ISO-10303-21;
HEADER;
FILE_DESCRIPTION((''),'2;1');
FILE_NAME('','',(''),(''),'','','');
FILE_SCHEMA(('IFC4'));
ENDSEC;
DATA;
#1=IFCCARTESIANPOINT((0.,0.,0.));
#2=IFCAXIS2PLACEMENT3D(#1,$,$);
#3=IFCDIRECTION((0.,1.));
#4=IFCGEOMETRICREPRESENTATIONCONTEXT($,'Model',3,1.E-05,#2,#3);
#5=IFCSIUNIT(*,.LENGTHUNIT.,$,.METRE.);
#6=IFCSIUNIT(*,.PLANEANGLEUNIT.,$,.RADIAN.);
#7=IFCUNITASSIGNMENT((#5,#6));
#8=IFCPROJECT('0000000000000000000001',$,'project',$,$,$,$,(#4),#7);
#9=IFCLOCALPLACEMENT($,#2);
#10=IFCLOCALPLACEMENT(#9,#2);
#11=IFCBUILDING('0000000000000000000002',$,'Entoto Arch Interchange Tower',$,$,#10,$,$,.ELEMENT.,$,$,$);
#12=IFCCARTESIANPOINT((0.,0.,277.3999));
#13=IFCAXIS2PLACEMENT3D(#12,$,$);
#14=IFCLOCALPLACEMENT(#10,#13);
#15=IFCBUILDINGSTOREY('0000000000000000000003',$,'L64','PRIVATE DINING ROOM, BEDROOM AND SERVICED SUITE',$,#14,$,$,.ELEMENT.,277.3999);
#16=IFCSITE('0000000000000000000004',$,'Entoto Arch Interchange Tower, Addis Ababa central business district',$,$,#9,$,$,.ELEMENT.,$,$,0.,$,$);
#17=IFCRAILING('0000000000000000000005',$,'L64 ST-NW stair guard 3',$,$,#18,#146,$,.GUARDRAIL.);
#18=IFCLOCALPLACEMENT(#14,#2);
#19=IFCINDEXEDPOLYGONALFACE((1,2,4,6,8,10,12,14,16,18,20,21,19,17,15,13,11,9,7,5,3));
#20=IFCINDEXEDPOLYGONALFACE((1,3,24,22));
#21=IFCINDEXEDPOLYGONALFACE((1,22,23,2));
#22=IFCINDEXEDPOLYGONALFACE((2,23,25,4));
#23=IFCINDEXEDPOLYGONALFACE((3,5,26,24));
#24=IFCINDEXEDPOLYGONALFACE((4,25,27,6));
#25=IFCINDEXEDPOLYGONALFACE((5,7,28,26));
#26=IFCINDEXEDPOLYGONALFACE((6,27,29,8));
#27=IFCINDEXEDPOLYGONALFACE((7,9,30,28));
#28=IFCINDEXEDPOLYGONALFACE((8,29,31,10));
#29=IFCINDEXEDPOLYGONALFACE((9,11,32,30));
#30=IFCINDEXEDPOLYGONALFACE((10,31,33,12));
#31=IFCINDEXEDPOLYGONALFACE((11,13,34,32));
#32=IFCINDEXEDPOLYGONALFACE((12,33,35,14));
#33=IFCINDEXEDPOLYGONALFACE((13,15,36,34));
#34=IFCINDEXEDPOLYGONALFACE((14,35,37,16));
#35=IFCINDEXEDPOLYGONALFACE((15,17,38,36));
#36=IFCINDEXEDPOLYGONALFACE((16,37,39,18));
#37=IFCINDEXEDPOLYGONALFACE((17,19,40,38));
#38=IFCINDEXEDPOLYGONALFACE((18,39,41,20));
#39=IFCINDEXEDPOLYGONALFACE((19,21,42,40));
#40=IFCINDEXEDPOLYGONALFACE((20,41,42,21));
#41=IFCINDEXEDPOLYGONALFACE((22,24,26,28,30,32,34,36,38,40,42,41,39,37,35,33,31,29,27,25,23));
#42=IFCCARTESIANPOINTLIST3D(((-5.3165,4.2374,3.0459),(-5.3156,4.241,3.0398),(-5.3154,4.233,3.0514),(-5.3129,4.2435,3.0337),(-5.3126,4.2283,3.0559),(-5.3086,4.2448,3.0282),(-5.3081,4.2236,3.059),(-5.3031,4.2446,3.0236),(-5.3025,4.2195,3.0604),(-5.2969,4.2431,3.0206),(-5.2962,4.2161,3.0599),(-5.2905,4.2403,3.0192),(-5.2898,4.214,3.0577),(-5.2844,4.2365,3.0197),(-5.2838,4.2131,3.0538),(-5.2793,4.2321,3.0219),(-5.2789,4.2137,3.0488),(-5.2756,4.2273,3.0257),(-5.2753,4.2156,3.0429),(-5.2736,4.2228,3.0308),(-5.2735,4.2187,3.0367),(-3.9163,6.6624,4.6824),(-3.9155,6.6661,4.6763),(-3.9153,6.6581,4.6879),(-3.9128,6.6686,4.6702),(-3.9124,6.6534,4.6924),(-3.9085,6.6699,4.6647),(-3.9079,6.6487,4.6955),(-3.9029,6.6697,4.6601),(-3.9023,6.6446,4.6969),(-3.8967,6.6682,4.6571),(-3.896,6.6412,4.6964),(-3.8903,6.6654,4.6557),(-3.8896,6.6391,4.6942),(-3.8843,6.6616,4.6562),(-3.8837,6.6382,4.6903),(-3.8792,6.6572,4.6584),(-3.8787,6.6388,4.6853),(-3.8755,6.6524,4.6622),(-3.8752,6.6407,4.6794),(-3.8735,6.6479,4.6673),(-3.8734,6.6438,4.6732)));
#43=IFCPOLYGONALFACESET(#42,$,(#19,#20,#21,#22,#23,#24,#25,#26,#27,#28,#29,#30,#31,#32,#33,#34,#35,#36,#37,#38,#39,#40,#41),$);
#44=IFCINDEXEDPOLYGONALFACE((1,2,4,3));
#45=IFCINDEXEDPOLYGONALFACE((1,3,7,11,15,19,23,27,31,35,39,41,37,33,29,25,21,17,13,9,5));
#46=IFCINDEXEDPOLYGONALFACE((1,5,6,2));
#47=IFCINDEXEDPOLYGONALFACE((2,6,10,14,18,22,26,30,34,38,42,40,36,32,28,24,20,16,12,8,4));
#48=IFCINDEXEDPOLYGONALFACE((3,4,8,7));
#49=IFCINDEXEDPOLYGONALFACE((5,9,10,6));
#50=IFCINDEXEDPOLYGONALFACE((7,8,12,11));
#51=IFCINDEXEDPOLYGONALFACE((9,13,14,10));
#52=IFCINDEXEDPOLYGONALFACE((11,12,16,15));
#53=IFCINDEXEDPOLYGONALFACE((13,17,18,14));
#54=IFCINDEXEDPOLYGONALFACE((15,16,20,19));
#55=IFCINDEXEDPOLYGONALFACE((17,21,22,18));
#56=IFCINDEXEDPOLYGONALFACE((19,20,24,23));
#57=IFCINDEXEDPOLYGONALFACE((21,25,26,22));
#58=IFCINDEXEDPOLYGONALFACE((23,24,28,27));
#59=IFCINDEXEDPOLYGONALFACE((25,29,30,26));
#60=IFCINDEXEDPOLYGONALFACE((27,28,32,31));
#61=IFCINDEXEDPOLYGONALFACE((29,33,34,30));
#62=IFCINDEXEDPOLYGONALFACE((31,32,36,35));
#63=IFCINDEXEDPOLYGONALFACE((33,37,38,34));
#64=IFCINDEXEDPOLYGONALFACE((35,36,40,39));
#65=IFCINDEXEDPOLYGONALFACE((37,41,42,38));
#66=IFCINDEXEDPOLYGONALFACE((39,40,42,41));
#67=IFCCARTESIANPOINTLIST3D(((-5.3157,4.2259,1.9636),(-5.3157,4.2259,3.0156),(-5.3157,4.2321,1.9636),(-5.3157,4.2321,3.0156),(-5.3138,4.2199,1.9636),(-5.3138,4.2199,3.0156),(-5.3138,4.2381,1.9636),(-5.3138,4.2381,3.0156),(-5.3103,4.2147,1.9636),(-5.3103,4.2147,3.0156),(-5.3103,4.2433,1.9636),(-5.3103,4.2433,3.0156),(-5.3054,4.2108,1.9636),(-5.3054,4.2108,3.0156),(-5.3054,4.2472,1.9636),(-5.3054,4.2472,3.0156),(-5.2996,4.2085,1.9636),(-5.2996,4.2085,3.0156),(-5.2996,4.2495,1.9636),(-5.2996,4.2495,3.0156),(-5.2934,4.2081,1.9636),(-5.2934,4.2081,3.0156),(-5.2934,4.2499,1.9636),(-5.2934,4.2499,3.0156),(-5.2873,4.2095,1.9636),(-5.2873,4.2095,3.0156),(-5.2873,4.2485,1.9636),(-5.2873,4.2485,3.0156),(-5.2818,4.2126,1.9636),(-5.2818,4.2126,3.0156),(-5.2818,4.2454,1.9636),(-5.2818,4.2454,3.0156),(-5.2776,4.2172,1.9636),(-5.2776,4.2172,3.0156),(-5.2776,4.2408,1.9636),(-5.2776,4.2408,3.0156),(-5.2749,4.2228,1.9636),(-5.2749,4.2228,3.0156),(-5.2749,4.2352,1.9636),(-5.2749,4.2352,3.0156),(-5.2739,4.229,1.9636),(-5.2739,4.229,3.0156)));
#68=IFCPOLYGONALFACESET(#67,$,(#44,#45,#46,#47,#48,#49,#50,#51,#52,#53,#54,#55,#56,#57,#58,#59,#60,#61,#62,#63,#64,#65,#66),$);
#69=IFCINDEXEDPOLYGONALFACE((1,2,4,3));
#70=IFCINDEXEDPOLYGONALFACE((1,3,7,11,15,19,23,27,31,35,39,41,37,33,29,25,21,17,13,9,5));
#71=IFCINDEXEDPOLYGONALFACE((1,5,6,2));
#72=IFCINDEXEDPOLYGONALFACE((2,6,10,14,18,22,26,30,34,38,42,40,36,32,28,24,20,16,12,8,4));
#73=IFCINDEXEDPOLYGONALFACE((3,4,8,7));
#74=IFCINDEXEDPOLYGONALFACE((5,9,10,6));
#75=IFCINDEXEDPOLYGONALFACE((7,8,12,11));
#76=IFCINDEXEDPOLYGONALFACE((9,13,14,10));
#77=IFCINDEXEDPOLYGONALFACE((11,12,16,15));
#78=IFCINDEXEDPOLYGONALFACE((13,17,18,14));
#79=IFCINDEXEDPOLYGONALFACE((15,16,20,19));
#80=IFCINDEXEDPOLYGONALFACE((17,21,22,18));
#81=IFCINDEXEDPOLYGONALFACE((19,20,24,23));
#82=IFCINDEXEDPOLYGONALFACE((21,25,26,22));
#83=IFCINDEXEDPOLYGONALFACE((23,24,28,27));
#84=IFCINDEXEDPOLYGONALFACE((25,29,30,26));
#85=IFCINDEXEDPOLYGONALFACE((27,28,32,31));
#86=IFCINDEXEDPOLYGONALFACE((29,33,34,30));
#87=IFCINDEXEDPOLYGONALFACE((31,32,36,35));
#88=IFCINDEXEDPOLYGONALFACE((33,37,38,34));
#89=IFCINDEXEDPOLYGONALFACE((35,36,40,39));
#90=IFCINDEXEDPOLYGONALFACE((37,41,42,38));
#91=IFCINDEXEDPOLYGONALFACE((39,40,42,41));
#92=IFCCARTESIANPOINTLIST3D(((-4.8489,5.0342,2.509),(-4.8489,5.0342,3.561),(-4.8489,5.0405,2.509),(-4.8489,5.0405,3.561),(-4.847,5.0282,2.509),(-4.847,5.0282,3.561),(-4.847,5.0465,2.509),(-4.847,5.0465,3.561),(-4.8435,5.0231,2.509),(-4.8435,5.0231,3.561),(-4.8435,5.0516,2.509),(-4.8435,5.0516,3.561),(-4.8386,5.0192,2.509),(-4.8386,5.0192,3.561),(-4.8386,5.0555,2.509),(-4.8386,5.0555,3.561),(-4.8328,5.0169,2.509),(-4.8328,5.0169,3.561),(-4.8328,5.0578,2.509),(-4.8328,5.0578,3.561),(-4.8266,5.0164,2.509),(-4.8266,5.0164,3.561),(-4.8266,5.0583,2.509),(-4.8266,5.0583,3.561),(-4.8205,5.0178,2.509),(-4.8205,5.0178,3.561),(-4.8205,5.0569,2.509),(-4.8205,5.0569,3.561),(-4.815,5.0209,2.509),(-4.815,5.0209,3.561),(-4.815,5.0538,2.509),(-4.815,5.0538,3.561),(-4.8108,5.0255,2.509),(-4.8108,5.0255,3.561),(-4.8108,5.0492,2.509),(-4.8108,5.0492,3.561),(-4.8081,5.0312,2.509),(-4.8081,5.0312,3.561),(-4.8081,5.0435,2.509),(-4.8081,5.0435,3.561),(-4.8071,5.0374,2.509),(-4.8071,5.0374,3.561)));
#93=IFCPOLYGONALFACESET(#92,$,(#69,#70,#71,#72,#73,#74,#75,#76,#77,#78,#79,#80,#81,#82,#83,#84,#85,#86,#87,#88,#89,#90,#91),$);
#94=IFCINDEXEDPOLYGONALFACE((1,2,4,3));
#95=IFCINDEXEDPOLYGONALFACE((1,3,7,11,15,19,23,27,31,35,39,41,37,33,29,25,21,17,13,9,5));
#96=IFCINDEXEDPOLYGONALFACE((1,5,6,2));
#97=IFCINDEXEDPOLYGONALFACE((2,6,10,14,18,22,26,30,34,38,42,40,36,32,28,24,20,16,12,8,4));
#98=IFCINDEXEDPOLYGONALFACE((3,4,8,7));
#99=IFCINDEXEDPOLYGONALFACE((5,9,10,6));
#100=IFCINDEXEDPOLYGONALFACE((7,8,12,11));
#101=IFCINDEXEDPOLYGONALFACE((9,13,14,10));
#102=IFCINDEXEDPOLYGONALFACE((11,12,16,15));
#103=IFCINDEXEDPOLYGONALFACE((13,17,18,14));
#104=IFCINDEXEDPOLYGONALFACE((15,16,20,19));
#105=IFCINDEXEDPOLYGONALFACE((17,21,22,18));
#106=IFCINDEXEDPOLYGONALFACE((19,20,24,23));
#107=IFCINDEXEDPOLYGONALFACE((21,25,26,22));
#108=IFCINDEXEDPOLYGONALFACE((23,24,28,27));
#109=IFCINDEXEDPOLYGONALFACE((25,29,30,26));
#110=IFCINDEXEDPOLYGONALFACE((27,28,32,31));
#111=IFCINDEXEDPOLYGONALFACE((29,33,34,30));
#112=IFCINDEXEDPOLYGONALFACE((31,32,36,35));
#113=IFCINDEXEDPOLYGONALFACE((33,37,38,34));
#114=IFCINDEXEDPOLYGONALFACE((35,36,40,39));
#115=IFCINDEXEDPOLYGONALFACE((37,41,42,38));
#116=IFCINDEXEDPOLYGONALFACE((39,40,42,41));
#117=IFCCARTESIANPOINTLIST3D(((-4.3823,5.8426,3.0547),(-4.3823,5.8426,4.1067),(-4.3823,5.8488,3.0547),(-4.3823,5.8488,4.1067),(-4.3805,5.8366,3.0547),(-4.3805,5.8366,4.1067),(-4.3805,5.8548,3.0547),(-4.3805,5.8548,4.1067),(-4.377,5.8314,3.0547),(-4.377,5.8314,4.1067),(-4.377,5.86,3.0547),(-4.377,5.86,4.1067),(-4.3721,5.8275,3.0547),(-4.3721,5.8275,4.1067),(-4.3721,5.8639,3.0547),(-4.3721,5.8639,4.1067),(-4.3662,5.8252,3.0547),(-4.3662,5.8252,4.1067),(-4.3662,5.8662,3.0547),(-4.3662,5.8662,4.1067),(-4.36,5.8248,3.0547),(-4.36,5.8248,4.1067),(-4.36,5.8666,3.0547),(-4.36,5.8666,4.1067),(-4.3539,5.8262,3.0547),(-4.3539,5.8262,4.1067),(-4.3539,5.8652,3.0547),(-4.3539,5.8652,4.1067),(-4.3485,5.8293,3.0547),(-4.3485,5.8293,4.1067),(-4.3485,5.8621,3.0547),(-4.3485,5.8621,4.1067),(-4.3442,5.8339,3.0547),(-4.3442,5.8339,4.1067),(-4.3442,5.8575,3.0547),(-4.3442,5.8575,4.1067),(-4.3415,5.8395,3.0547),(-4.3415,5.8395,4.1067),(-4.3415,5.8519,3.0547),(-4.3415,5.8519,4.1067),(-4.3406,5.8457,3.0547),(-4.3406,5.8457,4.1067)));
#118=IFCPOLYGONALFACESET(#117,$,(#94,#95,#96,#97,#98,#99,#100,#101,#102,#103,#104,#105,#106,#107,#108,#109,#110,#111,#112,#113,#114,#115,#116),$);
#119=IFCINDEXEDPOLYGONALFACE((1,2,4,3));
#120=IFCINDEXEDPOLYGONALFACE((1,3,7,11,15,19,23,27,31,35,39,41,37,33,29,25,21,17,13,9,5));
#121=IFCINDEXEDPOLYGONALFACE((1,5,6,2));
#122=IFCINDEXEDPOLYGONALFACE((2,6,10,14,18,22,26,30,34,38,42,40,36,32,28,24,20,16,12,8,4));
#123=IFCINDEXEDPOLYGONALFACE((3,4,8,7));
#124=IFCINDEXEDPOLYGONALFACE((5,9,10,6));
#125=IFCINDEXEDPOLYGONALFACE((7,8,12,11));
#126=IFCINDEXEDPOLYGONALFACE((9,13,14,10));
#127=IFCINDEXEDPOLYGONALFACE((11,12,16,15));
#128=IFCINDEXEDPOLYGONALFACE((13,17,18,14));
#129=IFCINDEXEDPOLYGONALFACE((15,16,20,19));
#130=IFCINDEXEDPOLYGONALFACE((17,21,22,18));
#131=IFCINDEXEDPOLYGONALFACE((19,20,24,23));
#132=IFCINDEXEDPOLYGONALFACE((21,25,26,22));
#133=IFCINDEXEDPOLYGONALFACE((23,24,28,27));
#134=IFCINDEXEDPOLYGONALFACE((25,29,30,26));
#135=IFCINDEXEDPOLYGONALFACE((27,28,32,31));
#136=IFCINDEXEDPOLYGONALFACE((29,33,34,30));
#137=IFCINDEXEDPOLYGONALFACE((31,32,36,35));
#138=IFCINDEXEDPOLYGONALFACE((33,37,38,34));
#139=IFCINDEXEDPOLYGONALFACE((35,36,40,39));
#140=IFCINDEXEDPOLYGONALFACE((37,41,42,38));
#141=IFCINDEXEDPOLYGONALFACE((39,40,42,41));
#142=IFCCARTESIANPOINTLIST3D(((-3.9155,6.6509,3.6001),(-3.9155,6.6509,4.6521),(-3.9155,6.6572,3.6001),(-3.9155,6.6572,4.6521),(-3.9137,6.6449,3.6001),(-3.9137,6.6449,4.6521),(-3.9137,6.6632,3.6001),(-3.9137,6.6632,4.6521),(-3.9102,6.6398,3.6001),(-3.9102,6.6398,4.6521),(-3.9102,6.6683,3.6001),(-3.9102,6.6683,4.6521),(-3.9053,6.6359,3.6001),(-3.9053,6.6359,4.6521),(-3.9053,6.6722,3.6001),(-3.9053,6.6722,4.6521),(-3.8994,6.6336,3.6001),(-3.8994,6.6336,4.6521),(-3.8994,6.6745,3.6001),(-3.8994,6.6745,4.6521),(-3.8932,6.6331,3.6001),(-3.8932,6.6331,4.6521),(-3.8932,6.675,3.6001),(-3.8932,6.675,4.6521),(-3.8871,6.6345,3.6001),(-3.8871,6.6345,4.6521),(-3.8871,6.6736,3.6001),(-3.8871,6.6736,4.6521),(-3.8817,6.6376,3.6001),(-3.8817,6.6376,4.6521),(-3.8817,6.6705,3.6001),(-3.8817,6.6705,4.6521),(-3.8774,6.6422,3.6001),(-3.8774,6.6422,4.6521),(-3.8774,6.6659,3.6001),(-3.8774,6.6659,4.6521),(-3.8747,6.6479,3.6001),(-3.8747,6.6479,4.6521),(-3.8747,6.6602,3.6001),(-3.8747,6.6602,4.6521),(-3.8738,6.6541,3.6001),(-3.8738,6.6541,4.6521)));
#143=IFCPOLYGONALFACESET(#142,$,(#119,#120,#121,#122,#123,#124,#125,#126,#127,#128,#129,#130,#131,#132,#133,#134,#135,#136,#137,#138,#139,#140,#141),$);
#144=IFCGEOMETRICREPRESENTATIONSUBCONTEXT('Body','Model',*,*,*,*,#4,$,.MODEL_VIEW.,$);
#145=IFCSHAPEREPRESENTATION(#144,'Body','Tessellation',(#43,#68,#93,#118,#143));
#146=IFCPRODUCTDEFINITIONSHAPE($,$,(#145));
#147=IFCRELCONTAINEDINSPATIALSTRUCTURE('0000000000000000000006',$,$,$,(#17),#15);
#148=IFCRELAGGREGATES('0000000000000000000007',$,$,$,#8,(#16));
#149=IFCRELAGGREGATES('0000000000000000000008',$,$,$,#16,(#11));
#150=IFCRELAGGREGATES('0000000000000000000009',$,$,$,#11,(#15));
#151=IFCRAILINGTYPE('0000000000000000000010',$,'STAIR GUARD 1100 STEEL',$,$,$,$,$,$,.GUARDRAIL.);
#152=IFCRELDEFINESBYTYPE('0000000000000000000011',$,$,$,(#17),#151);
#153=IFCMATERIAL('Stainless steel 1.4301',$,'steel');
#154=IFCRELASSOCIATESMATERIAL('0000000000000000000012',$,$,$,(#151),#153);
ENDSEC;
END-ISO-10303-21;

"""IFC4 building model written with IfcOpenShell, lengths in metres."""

from ifc_helpers import new_model, si_unit, direction, frame, origin, origin_2d, place, context, subcontext, project, spatial, circle, extrude, material, type_object, element, save


model = new_model("IFC4")

# Units and contexts
model_context = context("Model", 3, precision=1e-05, world=origin(), true_north=direction((0.0, 1.0)))
body_context = subcontext(model_context, "Body", "Model", "MODEL_VIEW")
ifc_project = project(units=[si_unit("LENGTHUNIT", "METRE"), si_unit("PLANEANGLEUNIT", "RADIAN")], contexts=[model_context])

# Site, building, storey
site_placement = place(None, origin())
site = spatial("IfcSite", under=ifc_project, at=site_placement, Name="Entoto Arch Interchange Tower, Addis Ababa central business district", CompositionType="ELEMENT", RefElevation=0.0)
building_placement = place(site_placement, origin())
building = spatial("IfcBuilding", under=site, at=building_placement, Name="Entoto Arch Interchange Tower", CompositionType="ELEMENT")
storey_placement = place(building_placement, frame((0.0, 0.0, 277.3999)))
storey = spatial("IfcBuildingStorey", under=building, at=storey_placement, Name="L64", Description="PRIVATE DINING ROOM, BEDROOM AND SERVICED SUITE", CompositionType="ELEMENT", Elevation=277.3999)

# Railing
ifc_material_1 = material(Name="Stainless steel 1.4301", Category="steel")
railing_type_1 = type_object("IfcRailingType", Name="STAIR GUARD 1100 STEEL", PredefinedType="GUARDRAIL", material=ifc_material_1)
railing_1_placement = place(storey_placement, frame((-5.2949, 4.229, 1.9636)))
element("IfcRailing", 1, at=railing_1_placement, inside=storey, type_object=railing_type_1, Name="L64 ST-NW stair guard 3", PredefinedType="GUARDRAIL", context=body_context, shape_type="SweptSolid", body=[
    extrude(circle(Radius=0.0239, at=origin_2d()), frame((0.0, 0.0, 1.0762), z_axis=(0.431698, 0.747699, 0.504563), x_axis=(-0.866019, 0.500012, 0.0)), (0.0, 0.0, 1.0), 3.2434),
    extrude(circle(Radius=0.021, at=origin_2d()), origin(), (0.0, 0.0, 1.0), 1.052),
    extrude(circle(Radius=0.021, at=origin_2d()), frame((0.4668, 0.8083, 0.5454)), (0.0, 0.0, 1.0), 1.052),
    extrude(circle(Radius=0.021, at=origin_2d()), frame((0.9333, 1.6167, 1.0911)), (0.0, 0.0, 1.0), 1.052),
    extrude(circle(Radius=0.021, at=origin_2d()), frame((1.4001, 2.425, 1.6365)), (0.0, 0.0, 1.0), 1.052),
])

save(model, "model.ifc")
